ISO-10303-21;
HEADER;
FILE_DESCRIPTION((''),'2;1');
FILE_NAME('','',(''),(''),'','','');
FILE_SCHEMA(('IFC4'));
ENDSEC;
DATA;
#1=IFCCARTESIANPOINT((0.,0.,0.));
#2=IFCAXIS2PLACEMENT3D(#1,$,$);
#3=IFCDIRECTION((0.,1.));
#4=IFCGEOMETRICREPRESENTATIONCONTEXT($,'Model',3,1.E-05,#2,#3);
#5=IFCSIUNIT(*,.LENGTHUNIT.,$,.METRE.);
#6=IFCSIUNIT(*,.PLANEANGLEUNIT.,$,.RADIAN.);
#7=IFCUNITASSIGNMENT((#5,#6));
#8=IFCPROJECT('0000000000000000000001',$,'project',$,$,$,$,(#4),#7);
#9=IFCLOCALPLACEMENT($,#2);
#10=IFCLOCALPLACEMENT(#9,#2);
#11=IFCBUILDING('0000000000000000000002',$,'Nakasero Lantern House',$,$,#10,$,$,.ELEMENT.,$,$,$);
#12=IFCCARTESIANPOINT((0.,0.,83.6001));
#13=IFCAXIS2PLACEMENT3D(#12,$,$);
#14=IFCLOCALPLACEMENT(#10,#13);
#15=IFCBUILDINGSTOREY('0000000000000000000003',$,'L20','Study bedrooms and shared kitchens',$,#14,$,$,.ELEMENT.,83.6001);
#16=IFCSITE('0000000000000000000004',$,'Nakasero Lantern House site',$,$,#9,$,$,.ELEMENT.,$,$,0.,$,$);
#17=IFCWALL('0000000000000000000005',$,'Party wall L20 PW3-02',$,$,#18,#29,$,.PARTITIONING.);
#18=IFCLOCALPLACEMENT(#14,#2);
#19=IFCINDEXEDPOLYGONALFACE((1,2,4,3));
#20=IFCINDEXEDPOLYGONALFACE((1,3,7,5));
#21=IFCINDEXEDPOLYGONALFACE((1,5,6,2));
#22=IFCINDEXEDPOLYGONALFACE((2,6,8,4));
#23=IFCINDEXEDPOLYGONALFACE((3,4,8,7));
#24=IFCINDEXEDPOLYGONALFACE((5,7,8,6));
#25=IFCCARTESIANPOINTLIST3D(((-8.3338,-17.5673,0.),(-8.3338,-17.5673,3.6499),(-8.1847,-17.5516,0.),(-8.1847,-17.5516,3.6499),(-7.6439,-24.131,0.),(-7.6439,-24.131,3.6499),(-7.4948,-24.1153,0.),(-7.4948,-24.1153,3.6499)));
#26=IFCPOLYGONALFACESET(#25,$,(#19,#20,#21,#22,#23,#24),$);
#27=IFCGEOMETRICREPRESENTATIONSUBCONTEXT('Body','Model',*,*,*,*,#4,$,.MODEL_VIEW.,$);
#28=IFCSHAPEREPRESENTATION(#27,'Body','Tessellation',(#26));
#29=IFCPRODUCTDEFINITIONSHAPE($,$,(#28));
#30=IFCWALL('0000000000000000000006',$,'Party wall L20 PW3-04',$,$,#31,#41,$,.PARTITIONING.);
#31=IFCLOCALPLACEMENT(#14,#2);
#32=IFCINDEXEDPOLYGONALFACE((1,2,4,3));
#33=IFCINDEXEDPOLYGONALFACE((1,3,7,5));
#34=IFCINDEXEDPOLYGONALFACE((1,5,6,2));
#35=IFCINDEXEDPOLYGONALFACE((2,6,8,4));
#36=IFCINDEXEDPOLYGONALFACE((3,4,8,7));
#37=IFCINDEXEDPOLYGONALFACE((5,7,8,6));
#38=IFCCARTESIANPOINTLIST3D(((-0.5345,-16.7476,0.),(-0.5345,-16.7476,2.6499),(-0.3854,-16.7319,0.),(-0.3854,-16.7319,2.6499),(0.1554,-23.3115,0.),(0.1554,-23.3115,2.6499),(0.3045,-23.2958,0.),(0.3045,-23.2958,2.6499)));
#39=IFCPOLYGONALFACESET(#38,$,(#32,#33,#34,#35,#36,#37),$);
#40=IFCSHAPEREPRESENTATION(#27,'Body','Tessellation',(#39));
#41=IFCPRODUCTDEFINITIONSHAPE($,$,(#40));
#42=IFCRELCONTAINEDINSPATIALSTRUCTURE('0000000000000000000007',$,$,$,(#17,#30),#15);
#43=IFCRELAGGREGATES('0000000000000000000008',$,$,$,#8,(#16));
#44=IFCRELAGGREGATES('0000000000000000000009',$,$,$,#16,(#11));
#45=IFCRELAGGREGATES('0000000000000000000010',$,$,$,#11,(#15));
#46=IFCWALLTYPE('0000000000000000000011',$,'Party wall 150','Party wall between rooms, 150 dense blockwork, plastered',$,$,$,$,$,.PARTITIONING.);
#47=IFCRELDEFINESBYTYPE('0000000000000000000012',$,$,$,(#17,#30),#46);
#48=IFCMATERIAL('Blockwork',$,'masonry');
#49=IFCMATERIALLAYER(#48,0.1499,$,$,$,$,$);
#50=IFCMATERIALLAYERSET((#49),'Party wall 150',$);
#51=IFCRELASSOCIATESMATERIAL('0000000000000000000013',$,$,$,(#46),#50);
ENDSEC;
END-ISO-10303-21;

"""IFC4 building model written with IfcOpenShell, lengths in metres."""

from ifc_helpers import new_model, si_unit, direction, frame, frame_2d, origin, place, context, subcontext, project, spatial, rectangle, extrude, material, layer, layer_set, type_object, element, save


model = new_model("IFC4")

# Units and contexts
model_context = context("Model", 3, precision=1e-05, world=origin(), true_north=direction((0.0, 1.0)))
body_context = subcontext(model_context, "Body", "Model", "MODEL_VIEW")
ifc_project = project(units=[si_unit("LENGTHUNIT", "METRE"), si_unit("PLANEANGLEUNIT", "RADIAN")], contexts=[model_context])

# Site, building, storey
site_placement = place(None, origin())
site = spatial("IfcSite", under=ifc_project, at=site_placement, Name="Nakasero Lantern House site", CompositionType="ELEMENT", RefElevation=0.0)
building_placement = place(site_placement, origin())
building = spatial("IfcBuilding", under=site, at=building_placement, Name="Nakasero Lantern House", CompositionType="ELEMENT")
storey_placement = place(building_placement, frame((0.0, 0.0, 83.6001)))
storey = spatial("IfcBuildingStorey", under=building, at=storey_placement, Name="L20", Description="Study bedrooms and shared kitchens", CompositionType="ELEMENT", Elevation=83.6001)

# Walls
ifc_material_1 = material(Name="Blockwork", Category="masonry")
ifc_layer_1 = layer(ifc_material_1, 0.1499)
ifc_layer_set_1 = layer_set([ifc_layer_1], Name="Party wall 150")
wall_type_1 = type_object("IfcWallType", Name="Party wall 150", Description="Party wall between rooms, 150 dense blockwork, plastered", PredefinedType="PARTITIONING", material=ifc_layer_set_1)
wall_1_placement = place(storey_placement, frame((-8.2593, -17.5596, 0.0), z_axis=(0.0, 0.0, 1.0), x_axis=(0.104538, -0.994521, 0.0)))
element("IfcWall", 1, at=wall_1_placement, inside=storey, type_object=wall_type_1, Name="Party wall L20 PW3-02", PredefinedType="PARTITIONING", context=body_context, shape_type="SweptSolid", body=[
    extrude(rectangle(XDim=6.5999, YDim=0.1499, at=frame_2d((3.2998, 0.0))), origin(), (0.0, 0.0, 1.0), 3.6499),
])
wall_2_placement = place(storey_placement, frame((-0.46, -16.7397, 0.0), z_axis=(0.0, 0.0, 1.0), x_axis=(0.104535, -0.994521, 0.0)))
element("IfcWall", 2, at=wall_2_placement, inside=storey, type_object=wall_type_1, Name="Party wall L20 PW3-04", PredefinedType="PARTITIONING", context=body_context, shape_type="SweptSolid", body=[
    extrude(rectangle(XDim=6.6001, YDim=0.1499, at=frame_2d((3.3, 0.0))), origin(), (0.0, 0.0, 1.0), 2.6499),
])

save(model, "model.ifc")
